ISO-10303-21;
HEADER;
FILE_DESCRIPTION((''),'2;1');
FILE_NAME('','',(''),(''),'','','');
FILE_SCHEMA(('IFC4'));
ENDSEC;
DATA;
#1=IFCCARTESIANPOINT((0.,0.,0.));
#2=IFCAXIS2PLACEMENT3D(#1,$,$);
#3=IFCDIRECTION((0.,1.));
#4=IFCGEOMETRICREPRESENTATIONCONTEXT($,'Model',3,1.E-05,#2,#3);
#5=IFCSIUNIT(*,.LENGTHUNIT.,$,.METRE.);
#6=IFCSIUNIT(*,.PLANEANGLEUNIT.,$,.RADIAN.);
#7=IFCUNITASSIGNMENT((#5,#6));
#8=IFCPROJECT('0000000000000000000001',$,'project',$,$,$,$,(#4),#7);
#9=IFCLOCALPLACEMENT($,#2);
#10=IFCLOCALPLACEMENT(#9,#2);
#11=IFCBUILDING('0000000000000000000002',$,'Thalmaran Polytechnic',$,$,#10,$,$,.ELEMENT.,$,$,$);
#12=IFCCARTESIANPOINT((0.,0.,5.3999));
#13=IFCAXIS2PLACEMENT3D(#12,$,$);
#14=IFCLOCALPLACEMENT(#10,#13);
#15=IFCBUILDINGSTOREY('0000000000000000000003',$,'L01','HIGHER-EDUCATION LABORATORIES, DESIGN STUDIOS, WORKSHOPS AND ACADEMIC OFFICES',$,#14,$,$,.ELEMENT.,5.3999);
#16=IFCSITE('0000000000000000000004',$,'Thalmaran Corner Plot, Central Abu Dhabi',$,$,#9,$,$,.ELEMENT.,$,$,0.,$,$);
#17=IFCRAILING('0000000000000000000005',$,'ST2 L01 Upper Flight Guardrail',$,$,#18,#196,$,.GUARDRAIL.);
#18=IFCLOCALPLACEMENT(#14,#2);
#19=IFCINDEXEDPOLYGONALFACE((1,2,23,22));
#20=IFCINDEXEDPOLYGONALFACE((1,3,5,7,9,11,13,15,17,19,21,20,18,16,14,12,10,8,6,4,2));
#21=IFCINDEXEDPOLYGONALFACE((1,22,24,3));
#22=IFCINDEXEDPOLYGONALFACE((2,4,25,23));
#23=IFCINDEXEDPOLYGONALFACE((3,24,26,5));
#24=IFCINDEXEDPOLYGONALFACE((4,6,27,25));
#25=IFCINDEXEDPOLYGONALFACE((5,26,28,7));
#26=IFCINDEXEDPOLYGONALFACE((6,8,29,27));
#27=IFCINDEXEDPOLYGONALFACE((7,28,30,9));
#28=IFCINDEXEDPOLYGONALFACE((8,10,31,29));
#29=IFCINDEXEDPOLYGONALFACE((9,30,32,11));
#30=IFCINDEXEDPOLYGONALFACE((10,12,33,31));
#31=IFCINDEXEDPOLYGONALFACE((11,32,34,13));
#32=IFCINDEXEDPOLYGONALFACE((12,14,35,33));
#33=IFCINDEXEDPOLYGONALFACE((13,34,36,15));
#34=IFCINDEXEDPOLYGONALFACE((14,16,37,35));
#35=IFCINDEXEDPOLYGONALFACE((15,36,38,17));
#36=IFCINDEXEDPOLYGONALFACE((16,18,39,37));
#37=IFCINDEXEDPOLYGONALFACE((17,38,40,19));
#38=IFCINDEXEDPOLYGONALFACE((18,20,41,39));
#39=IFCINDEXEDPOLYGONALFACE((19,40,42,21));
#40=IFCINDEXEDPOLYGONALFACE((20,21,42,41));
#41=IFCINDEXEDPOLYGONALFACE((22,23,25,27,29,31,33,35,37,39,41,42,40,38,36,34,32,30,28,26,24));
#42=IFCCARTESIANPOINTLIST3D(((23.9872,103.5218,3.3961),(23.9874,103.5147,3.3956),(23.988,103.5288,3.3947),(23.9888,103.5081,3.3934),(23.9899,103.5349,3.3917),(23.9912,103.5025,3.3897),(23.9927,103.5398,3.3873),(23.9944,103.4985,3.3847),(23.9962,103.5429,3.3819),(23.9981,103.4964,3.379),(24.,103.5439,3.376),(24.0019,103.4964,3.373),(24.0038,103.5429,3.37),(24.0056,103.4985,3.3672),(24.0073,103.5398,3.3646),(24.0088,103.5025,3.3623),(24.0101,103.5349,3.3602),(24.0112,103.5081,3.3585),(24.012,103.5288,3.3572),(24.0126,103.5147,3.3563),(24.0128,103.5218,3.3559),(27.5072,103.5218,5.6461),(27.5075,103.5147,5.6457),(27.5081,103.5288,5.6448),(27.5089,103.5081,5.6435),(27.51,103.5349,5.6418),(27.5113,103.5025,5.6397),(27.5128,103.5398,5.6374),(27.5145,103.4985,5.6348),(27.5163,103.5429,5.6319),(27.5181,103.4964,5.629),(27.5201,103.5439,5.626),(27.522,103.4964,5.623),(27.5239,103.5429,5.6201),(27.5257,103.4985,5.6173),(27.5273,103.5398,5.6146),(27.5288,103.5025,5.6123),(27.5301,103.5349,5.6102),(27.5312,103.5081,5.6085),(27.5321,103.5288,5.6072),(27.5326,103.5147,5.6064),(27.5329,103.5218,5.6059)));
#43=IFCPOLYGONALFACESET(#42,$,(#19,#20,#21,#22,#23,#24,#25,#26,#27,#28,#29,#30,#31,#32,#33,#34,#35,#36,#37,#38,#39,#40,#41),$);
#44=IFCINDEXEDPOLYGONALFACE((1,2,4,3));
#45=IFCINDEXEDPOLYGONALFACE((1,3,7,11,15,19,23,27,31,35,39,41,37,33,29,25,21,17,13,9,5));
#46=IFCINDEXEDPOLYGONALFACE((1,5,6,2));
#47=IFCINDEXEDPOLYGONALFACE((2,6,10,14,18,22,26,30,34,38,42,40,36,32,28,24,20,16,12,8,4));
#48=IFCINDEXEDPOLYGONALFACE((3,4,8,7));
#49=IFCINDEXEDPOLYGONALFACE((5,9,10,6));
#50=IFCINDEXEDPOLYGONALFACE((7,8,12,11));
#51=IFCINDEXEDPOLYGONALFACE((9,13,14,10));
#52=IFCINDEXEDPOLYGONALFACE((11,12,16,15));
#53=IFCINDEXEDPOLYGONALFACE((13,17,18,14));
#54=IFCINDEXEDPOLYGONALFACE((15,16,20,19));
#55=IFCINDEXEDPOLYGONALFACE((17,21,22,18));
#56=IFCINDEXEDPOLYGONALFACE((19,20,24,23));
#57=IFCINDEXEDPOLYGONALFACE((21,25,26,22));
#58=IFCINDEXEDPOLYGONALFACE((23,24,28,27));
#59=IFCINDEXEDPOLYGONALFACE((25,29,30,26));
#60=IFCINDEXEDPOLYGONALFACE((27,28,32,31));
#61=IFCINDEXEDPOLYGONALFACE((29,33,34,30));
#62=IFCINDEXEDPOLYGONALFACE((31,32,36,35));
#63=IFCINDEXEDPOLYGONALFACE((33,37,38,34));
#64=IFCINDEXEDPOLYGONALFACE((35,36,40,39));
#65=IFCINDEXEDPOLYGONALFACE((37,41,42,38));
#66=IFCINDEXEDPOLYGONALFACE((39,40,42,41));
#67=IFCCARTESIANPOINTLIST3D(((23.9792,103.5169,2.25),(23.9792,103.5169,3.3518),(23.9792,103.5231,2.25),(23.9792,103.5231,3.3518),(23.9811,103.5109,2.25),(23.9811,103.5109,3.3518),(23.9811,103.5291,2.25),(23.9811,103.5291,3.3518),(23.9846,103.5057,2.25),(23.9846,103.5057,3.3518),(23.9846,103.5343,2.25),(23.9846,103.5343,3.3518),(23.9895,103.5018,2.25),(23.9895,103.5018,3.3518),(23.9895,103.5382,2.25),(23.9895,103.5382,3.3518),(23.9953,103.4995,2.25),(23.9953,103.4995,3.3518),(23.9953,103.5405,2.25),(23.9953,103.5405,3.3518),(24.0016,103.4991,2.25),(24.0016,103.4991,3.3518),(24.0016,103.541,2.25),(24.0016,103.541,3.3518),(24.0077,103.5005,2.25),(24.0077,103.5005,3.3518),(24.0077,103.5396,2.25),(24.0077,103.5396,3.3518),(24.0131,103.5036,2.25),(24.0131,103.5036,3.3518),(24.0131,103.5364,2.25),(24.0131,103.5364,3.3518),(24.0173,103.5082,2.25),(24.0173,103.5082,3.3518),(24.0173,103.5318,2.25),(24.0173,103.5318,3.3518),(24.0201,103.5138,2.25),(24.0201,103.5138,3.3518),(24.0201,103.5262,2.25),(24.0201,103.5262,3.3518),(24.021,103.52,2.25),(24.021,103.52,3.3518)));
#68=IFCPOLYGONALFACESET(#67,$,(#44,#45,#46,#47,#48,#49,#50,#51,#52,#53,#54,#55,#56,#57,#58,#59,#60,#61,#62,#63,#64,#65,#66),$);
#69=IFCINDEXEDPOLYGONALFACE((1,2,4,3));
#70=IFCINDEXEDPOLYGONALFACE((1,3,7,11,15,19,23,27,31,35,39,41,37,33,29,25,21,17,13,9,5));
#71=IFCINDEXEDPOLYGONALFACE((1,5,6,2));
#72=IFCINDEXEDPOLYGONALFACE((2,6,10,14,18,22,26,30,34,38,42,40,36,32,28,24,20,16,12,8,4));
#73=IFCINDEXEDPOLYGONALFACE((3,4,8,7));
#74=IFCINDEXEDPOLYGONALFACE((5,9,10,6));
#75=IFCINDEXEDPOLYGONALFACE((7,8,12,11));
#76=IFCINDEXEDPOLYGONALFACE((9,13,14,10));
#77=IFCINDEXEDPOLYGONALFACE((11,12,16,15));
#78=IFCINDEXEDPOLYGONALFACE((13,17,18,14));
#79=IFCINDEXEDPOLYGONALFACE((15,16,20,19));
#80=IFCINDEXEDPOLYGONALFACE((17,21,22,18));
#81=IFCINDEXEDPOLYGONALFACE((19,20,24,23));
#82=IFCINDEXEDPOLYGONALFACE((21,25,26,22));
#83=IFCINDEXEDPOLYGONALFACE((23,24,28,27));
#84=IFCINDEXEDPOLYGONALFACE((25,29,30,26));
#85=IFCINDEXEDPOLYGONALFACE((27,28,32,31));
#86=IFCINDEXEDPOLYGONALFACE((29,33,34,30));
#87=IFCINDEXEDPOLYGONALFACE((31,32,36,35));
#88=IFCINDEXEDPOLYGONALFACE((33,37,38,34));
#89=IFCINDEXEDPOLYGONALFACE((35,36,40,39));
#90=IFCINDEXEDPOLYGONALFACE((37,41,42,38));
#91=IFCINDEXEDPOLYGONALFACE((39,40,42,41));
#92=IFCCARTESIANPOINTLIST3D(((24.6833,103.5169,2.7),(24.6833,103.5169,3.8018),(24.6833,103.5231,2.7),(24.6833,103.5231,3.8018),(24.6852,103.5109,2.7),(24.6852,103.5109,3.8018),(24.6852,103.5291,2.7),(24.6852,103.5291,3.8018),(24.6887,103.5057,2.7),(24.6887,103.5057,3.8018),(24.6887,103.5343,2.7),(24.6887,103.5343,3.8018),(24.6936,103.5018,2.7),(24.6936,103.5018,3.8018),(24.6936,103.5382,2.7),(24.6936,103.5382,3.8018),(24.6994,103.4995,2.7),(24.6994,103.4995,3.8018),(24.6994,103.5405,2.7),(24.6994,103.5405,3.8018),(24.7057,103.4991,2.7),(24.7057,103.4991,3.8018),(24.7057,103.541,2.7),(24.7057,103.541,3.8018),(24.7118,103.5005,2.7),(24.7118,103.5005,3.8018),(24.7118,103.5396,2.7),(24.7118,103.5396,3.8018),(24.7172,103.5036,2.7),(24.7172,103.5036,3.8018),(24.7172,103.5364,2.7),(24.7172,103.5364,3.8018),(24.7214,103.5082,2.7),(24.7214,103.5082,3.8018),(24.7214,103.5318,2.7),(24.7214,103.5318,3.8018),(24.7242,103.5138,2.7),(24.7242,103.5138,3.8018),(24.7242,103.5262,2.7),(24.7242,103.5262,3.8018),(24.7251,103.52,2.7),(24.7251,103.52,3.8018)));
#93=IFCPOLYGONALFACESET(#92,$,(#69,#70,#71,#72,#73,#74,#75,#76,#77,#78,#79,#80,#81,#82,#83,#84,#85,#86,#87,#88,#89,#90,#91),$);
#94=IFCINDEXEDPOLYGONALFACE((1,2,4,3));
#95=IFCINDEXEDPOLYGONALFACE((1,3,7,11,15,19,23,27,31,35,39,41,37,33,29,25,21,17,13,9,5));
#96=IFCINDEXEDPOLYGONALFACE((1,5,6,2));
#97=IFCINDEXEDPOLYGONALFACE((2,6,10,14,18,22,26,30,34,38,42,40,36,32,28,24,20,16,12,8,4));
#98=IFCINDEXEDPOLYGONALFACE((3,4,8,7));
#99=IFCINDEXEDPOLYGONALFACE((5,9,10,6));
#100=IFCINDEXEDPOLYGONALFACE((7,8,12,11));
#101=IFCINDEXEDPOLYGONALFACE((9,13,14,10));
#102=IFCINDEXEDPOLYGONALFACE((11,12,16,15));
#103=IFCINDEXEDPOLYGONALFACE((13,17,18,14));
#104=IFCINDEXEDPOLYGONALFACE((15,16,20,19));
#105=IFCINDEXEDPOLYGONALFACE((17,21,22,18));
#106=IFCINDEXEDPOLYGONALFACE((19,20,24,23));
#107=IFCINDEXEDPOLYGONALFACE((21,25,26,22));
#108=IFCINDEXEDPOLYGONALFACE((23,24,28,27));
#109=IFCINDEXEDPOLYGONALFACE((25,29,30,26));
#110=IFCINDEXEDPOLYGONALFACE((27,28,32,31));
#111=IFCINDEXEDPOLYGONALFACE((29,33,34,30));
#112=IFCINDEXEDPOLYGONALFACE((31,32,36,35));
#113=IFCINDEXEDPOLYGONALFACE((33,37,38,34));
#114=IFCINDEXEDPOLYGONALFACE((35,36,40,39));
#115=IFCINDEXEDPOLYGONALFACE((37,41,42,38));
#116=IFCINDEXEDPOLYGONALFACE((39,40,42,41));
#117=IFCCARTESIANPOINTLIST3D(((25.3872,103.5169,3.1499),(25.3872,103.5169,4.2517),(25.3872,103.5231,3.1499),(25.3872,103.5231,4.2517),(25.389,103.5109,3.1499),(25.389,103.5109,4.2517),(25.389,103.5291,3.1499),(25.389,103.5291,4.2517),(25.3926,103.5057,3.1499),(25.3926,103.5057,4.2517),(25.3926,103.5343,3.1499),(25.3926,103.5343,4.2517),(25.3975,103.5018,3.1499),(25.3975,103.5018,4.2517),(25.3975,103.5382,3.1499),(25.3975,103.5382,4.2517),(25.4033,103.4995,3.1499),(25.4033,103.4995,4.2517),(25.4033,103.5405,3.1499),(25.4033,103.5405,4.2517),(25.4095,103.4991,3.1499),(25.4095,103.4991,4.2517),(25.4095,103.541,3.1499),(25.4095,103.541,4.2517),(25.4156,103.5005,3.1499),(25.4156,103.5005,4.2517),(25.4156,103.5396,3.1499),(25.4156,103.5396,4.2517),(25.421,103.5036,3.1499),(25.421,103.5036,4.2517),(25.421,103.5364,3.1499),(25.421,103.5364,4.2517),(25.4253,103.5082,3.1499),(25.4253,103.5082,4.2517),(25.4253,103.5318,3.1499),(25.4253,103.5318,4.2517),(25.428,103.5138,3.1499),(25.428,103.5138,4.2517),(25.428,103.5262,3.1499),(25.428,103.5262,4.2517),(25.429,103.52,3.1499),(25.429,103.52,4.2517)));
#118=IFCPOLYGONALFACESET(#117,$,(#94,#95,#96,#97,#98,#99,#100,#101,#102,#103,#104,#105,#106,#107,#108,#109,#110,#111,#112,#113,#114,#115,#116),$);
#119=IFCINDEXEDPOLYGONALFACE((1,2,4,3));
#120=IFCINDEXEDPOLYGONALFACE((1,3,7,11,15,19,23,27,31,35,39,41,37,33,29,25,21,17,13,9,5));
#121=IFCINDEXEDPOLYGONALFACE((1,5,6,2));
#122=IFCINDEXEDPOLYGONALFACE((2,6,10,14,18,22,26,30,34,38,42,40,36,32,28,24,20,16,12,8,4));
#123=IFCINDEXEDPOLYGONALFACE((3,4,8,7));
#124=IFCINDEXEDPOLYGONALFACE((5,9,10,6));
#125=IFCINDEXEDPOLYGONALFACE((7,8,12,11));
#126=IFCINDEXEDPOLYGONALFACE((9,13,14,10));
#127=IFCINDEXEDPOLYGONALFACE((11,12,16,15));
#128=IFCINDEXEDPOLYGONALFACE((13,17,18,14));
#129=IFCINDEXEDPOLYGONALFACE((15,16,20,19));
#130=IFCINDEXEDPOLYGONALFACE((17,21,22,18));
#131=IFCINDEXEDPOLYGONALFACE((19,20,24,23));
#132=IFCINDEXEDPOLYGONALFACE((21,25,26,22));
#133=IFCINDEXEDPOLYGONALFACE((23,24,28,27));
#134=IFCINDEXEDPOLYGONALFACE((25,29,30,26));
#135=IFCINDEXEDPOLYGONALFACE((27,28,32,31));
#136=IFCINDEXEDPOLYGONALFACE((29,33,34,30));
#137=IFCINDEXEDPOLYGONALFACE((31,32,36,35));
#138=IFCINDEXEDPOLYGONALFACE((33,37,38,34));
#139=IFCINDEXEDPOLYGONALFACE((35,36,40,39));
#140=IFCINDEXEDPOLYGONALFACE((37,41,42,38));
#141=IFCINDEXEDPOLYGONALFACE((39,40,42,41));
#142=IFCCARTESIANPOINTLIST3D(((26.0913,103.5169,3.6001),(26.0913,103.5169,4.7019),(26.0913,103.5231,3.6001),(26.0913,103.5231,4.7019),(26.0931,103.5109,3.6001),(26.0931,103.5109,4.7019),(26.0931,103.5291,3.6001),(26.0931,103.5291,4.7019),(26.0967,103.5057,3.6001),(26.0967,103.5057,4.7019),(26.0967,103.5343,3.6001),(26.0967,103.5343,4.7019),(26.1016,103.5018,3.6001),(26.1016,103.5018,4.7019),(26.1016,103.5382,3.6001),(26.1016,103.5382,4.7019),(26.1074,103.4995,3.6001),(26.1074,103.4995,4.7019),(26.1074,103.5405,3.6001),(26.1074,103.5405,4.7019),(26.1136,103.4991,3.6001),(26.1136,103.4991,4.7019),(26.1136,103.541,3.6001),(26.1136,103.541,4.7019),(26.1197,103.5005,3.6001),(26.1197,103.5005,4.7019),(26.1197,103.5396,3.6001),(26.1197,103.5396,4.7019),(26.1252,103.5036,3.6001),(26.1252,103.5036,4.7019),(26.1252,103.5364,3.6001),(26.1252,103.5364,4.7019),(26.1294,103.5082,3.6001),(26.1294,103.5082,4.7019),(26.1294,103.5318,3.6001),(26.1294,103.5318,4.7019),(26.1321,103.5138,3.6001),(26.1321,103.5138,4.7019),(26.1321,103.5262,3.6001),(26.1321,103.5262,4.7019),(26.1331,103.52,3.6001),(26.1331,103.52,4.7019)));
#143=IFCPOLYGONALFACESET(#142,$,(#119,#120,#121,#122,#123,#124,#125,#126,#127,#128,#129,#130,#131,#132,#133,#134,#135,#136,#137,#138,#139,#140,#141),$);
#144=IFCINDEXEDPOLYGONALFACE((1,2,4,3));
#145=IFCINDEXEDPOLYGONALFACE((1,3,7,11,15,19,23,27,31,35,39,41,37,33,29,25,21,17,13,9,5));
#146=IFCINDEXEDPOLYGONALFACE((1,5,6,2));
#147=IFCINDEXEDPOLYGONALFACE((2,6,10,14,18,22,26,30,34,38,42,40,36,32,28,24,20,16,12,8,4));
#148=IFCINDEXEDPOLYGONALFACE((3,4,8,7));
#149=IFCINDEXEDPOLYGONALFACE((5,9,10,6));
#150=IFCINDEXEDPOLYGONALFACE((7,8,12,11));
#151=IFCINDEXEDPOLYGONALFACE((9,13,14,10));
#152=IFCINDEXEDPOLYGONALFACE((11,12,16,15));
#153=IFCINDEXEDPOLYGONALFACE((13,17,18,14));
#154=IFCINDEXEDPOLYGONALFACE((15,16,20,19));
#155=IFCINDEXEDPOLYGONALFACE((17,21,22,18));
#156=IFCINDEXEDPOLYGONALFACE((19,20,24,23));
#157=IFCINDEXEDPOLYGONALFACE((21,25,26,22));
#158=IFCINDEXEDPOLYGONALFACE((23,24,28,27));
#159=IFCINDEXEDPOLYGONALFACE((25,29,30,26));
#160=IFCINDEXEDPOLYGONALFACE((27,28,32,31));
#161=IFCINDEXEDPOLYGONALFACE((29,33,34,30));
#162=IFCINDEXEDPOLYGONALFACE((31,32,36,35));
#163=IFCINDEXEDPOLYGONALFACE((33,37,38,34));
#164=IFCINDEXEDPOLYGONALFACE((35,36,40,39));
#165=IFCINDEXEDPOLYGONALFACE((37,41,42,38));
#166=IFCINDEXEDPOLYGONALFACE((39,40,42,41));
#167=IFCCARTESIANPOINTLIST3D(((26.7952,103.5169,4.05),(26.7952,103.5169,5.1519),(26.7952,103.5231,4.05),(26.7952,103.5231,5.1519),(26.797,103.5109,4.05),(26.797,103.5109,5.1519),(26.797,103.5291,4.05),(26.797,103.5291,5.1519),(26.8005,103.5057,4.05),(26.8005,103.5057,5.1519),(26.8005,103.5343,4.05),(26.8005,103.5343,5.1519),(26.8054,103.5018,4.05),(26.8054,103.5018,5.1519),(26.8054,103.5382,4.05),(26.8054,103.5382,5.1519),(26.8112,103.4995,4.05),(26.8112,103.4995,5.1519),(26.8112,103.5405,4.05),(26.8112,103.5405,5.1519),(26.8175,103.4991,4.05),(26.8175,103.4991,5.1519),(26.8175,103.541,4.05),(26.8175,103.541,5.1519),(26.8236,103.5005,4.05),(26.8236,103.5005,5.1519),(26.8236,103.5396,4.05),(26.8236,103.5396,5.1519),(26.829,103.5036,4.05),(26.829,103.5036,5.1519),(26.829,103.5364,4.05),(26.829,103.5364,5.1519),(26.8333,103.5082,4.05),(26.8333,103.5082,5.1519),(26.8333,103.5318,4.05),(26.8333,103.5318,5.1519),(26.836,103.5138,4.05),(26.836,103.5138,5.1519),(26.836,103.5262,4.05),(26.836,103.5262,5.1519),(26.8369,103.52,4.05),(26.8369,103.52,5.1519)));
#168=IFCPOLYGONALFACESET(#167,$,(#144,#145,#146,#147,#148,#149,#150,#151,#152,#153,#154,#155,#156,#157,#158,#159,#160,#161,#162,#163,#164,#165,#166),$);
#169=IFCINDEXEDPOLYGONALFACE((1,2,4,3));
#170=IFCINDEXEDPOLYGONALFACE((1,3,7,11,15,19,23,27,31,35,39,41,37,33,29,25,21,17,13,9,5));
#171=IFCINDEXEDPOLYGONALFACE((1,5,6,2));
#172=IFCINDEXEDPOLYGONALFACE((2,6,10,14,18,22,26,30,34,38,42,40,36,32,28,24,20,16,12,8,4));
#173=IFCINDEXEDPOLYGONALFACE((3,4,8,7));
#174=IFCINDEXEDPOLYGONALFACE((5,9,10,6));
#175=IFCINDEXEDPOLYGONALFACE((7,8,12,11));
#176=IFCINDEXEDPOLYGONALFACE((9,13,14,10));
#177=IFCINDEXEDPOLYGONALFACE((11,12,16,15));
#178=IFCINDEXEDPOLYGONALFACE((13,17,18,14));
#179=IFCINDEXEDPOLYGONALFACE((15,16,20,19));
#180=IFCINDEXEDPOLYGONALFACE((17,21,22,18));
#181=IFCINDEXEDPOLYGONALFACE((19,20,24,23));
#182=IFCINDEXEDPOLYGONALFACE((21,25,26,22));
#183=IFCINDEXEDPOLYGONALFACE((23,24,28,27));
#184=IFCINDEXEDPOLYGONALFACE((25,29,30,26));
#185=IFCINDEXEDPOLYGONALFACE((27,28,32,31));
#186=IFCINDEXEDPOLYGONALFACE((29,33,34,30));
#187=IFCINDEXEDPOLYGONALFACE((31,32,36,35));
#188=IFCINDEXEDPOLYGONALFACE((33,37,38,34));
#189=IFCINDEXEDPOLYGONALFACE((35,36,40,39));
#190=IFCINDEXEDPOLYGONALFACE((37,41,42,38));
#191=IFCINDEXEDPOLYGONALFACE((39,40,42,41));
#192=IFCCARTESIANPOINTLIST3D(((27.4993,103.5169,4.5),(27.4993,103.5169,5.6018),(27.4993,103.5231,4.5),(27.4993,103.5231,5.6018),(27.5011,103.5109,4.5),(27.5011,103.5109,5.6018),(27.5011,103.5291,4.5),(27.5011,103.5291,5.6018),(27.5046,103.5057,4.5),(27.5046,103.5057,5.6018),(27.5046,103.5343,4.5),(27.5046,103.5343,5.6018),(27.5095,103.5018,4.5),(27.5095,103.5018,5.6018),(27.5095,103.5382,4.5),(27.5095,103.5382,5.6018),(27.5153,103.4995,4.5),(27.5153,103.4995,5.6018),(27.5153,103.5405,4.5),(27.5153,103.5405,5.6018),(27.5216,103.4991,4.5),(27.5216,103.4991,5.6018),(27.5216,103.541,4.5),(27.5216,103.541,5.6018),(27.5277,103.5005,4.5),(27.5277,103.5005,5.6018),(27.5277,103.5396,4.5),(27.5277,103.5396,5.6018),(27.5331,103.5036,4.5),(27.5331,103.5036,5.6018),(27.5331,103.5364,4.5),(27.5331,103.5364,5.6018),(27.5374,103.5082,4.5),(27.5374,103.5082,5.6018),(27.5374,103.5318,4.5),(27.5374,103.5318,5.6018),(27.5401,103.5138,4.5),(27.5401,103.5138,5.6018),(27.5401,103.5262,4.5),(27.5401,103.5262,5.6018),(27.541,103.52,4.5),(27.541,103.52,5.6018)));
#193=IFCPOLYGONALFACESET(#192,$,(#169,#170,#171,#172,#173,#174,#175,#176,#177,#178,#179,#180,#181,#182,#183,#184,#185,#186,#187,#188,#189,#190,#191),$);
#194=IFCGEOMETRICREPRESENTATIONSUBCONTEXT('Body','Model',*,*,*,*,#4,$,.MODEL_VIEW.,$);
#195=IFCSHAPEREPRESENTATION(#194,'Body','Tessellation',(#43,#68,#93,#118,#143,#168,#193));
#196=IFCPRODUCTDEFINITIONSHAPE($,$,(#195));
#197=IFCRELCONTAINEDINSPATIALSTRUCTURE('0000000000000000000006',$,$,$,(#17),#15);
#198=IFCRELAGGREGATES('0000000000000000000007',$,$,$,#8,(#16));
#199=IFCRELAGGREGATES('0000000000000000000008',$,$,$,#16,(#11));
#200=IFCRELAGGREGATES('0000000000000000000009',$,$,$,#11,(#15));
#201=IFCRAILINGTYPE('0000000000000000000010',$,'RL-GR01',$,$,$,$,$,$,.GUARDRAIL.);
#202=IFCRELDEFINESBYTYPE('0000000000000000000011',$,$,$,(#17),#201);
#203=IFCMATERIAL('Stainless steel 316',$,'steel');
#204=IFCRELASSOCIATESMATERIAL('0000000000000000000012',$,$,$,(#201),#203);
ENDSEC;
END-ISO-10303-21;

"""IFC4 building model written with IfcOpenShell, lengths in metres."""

from ifc_helpers import new_model, si_unit, direction, frame, origin, origin_2d, place, context, subcontext, project, spatial, circle, extrude, material, type_object, element, save


model = new_model("IFC4")

# Units and contexts
model_context = context("Model", 3, precision=1e-05, world=origin(), true_north=direction((0.0, 1.0)))
body_context = subcontext(model_context, "Body", "Model", "MODEL_VIEW")
ifc_project = project(units=[si_unit("LENGTHUNIT", "METRE"), si_unit("PLANEANGLEUNIT", "RADIAN")], contexts=[model_context])

# Site, building, storey
site_placement = place(None, origin())
site = spatial("IfcSite", under=ifc_project, at=site_placement, Name="Thalmaran Corner Plot, Central Abu Dhabi", CompositionType="ELEMENT", RefElevation=0.0)
building_placement = place(site_placement, origin())
building = spatial("IfcBuilding", under=site, at=building_placement, Name="Thalmaran Polytechnic", CompositionType="ELEMENT")
storey_placement = place(building_placement, frame((0.0, 0.0, 5.3999)))
storey = spatial("IfcBuildingStorey", under=building, at=storey_placement, Name="L01", Description="HIGHER-EDUCATION LABORATORIES, DESIGN STUDIOS, WORKSHOPS AND ACADEMIC OFFICES", CompositionType="ELEMENT", Elevation=5.3999)

# Railing
ifc_material_1 = material(Name="Stainless steel 316", Category="steel")
railing_type = type_object("IfcRailingType", Name="RL-GR01", PredefinedType="GUARDRAIL", material=ifc_material_1)
railing_1_placement = place(storey_placement, frame((24.0, 103.52, 2.25)))
element("IfcRailing", 1, at=railing_1_placement, inside=storey, type_object=railing_type, Name="ST2 L01 Upper Flight Guardrail", PredefinedType="GUARDRAIL", context=body_context, shape_type="SweptSolid", body=[
    extrude(circle(Radius=0.0239, at=origin_2d()), frame((0.0, 0.0, 1.126), z_axis=(0.842577, 0.0, 0.538576), x_axis=(0.0, 1.0, 0.0)), (0.0, 0.0, 1.0), 4.1777),
    extrude(circle(Radius=0.021, at=origin_2d()), origin(), (0.0, 0.0, 1.0), 1.1018),
    extrude(circle(Radius=0.021, at=origin_2d()), frame((0.7041, 0.0, 0.45)), (0.0, 0.0, 1.0), 1.1018),
    extrude(circle(Radius=0.021, at=origin_2d()), frame((1.408, 0.0, 0.8999)), (0.0, 0.0, 1.0), 1.1018),
    extrude(circle(Radius=0.021, at=origin_2d()), frame((2.1121, 0.0, 1.3501)), (0.0, 0.0, 1.0), 1.1018),
    extrude(circle(Radius=0.021, at=origin_2d()), frame((2.8159, 0.0, 1.8)), (0.0, 0.0, 1.0), 1.1018),
    extrude(circle(Radius=0.021, at=origin_2d()), frame((3.52, 0.0, 2.25)), (0.0, 0.0, 1.0), 1.1018),
])

save(model, "model.ifc")
